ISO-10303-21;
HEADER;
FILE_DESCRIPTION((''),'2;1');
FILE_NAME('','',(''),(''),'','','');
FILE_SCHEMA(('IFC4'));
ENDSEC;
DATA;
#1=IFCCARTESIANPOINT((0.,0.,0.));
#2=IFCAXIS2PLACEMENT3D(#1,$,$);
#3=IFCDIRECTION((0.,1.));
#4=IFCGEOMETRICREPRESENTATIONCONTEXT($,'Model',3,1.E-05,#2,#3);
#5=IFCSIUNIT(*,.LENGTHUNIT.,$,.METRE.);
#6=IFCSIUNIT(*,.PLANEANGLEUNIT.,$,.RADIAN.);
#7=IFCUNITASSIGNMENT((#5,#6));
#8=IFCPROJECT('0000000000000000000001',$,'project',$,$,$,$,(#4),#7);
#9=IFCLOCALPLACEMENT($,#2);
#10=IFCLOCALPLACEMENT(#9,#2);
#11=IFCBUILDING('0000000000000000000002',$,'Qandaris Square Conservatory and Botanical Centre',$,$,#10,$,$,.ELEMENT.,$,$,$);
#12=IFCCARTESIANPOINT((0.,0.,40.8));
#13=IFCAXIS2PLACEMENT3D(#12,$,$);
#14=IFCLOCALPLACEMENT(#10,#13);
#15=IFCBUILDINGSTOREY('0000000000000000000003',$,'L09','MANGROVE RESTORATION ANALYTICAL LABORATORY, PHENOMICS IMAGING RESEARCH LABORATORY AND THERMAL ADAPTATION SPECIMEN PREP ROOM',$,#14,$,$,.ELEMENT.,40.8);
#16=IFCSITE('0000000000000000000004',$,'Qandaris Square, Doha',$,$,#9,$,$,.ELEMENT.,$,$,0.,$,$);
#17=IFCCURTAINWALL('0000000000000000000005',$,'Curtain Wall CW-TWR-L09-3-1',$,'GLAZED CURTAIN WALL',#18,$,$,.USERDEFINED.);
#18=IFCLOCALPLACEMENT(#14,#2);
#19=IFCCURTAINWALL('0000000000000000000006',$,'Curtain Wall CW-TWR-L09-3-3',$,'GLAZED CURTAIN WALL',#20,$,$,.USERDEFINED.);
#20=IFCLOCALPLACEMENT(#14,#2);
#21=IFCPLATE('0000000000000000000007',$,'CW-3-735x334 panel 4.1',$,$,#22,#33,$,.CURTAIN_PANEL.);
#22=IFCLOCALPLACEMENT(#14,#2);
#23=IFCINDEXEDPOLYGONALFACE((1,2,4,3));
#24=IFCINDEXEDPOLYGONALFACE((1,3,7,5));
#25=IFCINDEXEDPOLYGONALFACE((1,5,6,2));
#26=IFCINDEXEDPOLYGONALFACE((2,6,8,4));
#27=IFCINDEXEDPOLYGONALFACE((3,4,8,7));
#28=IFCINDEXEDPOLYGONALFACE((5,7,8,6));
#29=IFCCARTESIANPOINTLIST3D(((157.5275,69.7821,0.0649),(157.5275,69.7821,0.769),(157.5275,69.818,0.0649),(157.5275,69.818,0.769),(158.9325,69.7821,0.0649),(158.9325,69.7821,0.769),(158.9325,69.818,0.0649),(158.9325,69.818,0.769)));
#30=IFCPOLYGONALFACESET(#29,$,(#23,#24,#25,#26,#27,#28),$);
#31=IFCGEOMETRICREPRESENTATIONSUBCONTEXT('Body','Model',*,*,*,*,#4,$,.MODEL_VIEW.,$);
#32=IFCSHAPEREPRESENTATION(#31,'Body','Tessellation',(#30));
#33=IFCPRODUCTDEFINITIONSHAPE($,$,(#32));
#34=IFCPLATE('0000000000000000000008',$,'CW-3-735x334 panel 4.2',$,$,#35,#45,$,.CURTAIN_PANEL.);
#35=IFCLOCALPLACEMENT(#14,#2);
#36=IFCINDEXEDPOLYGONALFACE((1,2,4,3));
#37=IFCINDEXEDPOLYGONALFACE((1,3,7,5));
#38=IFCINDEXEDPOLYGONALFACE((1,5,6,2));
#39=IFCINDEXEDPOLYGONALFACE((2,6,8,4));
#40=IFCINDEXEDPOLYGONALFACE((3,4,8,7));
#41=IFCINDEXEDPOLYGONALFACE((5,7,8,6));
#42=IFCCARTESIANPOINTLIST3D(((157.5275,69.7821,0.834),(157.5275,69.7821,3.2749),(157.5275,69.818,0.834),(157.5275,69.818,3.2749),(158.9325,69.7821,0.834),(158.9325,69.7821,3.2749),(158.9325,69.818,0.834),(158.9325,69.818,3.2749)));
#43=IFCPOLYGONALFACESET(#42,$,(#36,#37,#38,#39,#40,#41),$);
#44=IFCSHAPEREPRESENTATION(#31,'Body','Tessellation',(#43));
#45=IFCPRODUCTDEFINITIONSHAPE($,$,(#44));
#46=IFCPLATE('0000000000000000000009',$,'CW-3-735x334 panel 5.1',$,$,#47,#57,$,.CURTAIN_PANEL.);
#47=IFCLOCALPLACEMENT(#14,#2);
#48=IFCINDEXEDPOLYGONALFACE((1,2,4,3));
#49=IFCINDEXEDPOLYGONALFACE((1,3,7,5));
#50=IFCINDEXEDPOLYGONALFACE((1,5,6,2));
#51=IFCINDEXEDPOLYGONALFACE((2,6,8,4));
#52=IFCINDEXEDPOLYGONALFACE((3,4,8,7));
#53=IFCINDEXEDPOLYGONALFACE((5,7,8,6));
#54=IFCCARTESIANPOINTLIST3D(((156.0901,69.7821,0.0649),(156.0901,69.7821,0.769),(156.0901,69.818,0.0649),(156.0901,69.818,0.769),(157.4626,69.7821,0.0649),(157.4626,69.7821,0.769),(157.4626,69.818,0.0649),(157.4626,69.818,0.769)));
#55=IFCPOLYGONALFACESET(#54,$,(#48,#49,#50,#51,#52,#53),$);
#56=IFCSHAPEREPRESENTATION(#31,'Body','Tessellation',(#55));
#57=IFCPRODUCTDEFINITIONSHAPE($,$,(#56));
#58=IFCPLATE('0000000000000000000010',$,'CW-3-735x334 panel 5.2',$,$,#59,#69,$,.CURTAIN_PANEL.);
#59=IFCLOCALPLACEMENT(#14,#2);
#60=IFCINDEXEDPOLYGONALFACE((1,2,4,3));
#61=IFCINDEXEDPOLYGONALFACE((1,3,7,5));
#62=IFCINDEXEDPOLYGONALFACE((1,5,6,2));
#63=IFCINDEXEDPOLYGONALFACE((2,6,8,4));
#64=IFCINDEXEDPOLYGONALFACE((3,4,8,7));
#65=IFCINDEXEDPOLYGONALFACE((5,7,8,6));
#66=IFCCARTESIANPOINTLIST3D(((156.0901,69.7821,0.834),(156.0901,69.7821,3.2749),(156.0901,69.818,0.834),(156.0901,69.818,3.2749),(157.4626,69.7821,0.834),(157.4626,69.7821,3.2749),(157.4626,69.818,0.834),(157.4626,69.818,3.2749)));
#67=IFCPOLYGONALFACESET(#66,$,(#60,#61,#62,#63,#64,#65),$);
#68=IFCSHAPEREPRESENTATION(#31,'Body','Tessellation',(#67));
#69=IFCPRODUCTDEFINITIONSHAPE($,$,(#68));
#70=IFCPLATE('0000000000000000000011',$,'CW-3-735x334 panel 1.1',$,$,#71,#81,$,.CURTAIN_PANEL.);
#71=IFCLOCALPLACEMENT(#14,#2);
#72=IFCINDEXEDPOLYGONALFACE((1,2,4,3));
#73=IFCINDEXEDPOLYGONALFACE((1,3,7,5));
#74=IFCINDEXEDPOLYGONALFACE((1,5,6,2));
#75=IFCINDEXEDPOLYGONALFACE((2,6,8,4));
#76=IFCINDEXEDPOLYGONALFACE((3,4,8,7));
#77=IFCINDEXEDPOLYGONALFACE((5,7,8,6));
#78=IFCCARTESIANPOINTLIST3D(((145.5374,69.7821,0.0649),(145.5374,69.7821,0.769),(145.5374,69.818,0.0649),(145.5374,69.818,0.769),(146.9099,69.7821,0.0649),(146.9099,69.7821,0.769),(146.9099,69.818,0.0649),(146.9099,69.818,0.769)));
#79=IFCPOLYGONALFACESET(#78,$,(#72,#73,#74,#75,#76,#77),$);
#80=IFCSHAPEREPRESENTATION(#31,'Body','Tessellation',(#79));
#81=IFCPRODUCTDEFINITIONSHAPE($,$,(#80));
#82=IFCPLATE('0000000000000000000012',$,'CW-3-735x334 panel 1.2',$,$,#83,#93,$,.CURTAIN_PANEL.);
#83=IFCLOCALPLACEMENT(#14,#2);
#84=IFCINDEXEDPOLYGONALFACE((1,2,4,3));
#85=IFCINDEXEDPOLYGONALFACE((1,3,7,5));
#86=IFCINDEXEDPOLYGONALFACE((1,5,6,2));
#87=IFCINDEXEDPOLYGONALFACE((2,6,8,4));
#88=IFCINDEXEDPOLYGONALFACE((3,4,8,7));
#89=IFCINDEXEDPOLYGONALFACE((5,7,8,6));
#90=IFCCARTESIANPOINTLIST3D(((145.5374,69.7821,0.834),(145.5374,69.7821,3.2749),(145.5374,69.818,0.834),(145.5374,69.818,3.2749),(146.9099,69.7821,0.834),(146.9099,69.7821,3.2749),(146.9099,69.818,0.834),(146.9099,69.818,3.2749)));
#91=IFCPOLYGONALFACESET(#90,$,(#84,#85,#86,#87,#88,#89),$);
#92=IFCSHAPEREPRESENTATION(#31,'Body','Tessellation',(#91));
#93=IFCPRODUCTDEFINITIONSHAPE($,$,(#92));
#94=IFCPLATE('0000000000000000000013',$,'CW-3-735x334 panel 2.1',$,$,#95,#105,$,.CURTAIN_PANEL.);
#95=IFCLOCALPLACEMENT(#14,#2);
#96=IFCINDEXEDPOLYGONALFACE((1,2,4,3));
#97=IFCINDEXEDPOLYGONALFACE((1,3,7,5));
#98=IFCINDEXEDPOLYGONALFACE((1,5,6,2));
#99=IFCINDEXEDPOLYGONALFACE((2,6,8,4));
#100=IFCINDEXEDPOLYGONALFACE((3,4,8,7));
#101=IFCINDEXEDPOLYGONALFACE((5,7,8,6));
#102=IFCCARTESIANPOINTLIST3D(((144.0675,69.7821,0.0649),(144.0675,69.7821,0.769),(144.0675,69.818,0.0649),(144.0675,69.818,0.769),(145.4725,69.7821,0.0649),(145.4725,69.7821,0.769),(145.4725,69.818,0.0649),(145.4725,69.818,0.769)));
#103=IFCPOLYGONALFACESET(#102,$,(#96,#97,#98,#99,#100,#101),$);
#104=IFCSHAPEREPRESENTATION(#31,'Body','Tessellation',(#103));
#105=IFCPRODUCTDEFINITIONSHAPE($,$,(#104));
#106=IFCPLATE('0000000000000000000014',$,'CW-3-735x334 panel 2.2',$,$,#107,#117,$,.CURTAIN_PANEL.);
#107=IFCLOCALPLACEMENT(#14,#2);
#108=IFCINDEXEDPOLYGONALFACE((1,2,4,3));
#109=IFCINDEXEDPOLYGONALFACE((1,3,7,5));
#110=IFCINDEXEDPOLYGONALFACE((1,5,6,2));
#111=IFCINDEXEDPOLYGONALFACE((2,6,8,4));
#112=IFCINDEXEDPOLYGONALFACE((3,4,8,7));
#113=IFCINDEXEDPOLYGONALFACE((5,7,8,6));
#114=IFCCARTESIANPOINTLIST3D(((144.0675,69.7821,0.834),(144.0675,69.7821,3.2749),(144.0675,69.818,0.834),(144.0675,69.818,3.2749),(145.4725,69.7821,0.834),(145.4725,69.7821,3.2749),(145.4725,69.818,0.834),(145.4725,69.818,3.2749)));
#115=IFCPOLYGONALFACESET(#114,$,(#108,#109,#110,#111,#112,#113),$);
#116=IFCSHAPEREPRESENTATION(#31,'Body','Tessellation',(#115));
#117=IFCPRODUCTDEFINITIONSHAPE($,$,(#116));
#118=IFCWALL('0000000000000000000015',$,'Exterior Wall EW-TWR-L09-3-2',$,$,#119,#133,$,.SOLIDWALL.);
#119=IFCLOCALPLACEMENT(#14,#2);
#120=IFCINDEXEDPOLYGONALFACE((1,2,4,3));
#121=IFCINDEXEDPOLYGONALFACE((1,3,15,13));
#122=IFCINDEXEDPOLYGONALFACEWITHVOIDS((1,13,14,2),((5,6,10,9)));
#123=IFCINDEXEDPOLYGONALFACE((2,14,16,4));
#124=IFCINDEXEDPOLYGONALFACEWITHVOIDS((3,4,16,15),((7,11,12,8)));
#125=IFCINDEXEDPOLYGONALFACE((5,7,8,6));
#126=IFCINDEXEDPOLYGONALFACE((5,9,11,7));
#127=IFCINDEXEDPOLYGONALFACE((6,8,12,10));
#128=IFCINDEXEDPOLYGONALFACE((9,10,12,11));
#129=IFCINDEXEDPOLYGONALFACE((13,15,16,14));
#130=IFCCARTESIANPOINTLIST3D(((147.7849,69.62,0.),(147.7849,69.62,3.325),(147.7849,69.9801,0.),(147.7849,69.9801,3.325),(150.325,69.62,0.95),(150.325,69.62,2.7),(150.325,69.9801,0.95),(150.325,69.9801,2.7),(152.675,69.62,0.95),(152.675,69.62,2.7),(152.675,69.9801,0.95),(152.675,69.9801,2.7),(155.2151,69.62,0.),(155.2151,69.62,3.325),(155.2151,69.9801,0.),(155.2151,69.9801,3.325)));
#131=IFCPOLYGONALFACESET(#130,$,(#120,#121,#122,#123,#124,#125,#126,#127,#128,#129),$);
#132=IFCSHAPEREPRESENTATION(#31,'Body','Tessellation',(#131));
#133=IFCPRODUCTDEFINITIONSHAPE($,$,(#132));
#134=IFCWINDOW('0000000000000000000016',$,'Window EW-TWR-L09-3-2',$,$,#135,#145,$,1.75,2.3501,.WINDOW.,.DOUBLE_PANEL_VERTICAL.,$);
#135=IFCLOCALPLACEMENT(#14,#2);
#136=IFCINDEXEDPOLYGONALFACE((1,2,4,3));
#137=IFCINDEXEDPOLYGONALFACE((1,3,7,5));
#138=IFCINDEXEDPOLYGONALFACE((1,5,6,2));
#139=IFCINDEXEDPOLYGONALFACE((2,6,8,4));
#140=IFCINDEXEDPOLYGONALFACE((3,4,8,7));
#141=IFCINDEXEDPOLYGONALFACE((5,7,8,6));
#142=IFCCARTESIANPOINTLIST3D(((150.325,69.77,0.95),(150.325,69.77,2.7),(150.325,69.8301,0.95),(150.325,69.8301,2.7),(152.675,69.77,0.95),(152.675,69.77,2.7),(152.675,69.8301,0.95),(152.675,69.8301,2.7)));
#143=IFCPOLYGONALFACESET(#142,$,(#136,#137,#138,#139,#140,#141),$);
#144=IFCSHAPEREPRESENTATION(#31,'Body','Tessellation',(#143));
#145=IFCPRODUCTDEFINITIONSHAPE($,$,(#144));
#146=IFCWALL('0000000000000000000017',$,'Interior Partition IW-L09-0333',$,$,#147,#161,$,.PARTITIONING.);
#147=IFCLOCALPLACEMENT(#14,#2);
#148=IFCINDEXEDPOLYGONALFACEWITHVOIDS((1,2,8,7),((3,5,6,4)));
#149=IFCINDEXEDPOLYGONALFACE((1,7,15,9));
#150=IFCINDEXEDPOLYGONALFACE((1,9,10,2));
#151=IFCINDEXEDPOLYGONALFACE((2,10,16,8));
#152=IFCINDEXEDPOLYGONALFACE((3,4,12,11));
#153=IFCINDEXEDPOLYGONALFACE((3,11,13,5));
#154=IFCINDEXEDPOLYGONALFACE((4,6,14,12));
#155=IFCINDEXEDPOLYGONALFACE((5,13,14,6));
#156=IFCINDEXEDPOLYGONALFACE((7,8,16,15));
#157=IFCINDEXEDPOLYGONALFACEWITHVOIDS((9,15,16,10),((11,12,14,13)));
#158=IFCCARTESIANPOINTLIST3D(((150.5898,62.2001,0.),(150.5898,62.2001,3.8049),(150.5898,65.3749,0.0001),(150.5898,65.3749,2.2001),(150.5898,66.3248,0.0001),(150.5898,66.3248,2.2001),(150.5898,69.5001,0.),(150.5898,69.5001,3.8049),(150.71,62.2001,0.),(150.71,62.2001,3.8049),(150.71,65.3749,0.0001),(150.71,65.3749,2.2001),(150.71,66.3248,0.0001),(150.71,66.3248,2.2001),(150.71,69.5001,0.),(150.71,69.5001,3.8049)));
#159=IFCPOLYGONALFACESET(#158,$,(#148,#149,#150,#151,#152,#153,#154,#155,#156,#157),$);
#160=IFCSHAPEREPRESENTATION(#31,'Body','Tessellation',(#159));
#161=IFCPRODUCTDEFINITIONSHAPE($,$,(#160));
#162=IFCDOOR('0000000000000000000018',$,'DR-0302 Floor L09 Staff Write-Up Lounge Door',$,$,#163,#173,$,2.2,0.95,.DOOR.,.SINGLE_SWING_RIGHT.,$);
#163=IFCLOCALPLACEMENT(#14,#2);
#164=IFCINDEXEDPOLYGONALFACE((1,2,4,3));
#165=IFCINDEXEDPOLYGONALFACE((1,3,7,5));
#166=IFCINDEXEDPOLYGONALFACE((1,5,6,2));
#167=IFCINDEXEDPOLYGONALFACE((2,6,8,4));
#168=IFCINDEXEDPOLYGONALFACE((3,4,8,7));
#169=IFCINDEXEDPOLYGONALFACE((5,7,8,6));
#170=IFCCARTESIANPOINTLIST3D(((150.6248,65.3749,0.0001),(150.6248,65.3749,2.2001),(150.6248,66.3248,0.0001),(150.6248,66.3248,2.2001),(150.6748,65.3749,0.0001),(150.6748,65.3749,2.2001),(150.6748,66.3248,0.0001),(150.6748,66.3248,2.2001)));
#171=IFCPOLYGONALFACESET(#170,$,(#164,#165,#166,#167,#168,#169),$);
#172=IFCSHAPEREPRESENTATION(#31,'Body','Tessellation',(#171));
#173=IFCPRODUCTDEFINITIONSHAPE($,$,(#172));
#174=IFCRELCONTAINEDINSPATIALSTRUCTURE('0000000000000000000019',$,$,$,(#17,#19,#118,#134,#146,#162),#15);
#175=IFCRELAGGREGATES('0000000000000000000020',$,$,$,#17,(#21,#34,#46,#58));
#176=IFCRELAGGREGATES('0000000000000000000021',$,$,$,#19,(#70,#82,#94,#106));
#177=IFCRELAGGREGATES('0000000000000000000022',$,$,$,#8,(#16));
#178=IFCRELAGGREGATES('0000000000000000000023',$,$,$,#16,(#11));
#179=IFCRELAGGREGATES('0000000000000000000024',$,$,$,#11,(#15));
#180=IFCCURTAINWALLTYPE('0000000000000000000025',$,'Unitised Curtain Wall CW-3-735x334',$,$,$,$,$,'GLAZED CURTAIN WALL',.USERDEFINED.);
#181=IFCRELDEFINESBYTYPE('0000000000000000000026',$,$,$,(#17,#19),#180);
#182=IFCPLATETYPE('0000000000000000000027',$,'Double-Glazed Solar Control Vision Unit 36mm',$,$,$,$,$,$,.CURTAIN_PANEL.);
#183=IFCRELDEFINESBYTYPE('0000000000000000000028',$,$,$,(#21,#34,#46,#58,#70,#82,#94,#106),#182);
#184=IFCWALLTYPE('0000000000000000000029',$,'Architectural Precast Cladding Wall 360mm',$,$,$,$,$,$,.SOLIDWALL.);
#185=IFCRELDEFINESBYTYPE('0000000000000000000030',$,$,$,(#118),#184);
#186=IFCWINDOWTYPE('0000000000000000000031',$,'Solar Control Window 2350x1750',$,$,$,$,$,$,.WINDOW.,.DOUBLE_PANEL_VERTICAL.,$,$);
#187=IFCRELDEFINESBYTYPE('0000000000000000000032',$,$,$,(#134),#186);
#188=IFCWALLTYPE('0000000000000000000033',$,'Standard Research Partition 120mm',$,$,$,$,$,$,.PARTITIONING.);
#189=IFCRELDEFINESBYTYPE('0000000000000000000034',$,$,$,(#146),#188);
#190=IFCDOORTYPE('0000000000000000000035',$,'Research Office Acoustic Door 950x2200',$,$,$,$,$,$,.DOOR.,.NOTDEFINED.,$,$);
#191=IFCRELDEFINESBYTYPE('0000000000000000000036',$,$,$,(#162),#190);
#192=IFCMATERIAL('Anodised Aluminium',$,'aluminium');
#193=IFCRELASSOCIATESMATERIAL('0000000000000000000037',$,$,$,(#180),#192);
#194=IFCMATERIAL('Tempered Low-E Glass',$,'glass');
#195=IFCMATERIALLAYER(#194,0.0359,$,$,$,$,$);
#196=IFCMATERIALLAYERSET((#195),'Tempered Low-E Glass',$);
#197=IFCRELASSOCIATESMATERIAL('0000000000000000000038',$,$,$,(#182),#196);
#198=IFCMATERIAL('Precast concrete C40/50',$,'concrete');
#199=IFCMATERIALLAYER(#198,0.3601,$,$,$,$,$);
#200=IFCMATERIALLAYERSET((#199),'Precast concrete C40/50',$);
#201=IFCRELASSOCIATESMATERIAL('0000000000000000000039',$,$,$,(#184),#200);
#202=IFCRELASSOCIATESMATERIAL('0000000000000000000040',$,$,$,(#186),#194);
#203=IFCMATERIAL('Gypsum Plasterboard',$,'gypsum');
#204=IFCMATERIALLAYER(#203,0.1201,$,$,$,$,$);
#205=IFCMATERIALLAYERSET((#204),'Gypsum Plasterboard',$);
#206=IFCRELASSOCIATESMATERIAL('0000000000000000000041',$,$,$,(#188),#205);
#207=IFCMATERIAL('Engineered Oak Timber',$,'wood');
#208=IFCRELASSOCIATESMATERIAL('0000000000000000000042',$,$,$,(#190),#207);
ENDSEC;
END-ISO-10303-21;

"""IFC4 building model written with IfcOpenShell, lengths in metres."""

from ifc_helpers import new_model, si_unit, direction, frame, frame_2d, origin, origin_2d, place, context, subcontext, project, spatial, rectangle, extrude, material, layer, layer_set, type_object, element, fill, aggregate, save


model = new_model("IFC4")

# Units and contexts
model_context = context("Model", 3, precision=1e-05, world=origin(), true_north=direction((0.0, 1.0)))
body_context = subcontext(model_context, "Body", "Model", "MODEL_VIEW")
ifc_project = project(units=[si_unit("LENGTHUNIT", "METRE"), si_unit("PLANEANGLEUNIT", "RADIAN")], contexts=[model_context])

# Site, building, storey
site_placement = place(None, origin())
site = spatial("IfcSite", under=ifc_project, at=site_placement, Name="Qandaris Square, Doha", CompositionType="ELEMENT", RefElevation=0.0)
building_placement = place(site_placement, origin())
building = spatial("IfcBuilding", under=site, at=building_placement, Name="Qandaris Square Conservatory and Botanical Centre", CompositionType="ELEMENT")
storey_placement = place(building_placement, frame((0.0, 0.0, 40.8)))
storey = spatial("IfcBuildingStorey", under=building, at=storey_placement, Name="L09", Description="MANGROVE RESTORATION ANALYTICAL LABORATORY, PHENOMICS IMAGING RESEARCH LABORATORY AND THERMAL ADAPTATION SPECIMEN PREP ROOM", CompositionType="ELEMENT", Elevation=40.8)

# Curtain walls
ifc_material_1 = material(Name="Anodised Aluminium", Category="aluminium")
curtain_wall_type = type_object("IfcCurtainWallType", Name="Unitised Curtain Wall CW-3-735x334", ElementType="GLAZED CURTAIN WALL", PredefinedType="USERDEFINED", material=ifc_material_1)
curtain_wall_1_placement = place(storey_placement, origin())
curtain_wall_1 = element("IfcCurtainWall", 1, at=curtain_wall_1_placement, inside=storey, type_object=curtain_wall_type, Name="Curtain Wall CW-TWR-L09-3-1", ObjectType="GLAZED CURTAIN WALL", PredefinedType="USERDEFINED")
curtain_wall_2_placement = place(storey_placement, origin())
curtain_wall_2 = element("IfcCurtainWall", 2, at=curtain_wall_2_placement, inside=storey, type_object=curtain_wall_type, Name="Curtain Wall CW-TWR-L09-3-3", ObjectType="GLAZED CURTAIN WALL", PredefinedType="USERDEFINED")

# Plates
ifc_material_2 = material(Name="Tempered Low-E Glass", Category="glass")
ifc_layer_1 = layer(ifc_material_2, 0.0359)
ifc_layer_set_1 = layer_set([ifc_layer_1], Name="Tempered Low-E Glass")
plate_type = type_object("IfcPlateType", Name="Double-Glazed Solar Control Vision Unit 36mm", PredefinedType="CURTAIN_PANEL", material=ifc_layer_set_1)
plate_1_placement = place(storey_placement, frame((158.23, 69.8, 0.0649), z_axis=(0.0, 0.0, 1.0), x_axis=(-1.0, 0.0, 0.0)))
plate_1 = element("IfcPlate", 3, at=plate_1_placement, type_object=plate_type, Name="CW-3-735x334 panel 4.1", PredefinedType="CURTAIN_PANEL", context=body_context, shape_type="SweptSolid", body=[
    extrude(rectangle(XDim=1.405, YDim=0.0359, at=origin_2d()), origin(), (0.0, 0.0, 1.0), 0.7041),
])
plate_2_placement = place(storey_placement, frame((158.23, 69.8, 0.834), z_axis=(0.0, 0.0, 1.0), x_axis=(-1.0, 0.0, 0.0)))
plate_2 = element("IfcPlate", 4, at=plate_2_placement, type_object=plate_type, Name="CW-3-735x334 panel 4.2", PredefinedType="CURTAIN_PANEL", context=body_context, shape_type="SweptSolid", body=[
    extrude(rectangle(XDim=1.405, YDim=0.0359, at=origin_2d()), origin(), (0.0, 0.0, 1.0), 2.4409),
])
plate_3_placement = place(storey_placement, frame((156.7764, 69.8, 0.0649), z_axis=(0.0, 0.0, 1.0), x_axis=(-1.0, 0.0, 0.0)))
plate_3 = element("IfcPlate", 5, at=plate_3_placement, type_object=plate_type, Name="CW-3-735x334 panel 5.1", PredefinedType="CURTAIN_PANEL", context=body_context, shape_type="SweptSolid", body=[
    extrude(rectangle(XDim=1.3726, YDim=0.0359, at=origin_2d()), origin(), (0.0, 0.0, 1.0), 0.7041),
])
plate_4_placement = place(storey_placement, frame((156.7764, 69.8, 0.834), z_axis=(0.0, 0.0, 1.0), x_axis=(-1.0, 0.0, 0.0)))
plate_4 = element("IfcPlate", 6, at=plate_4_placement, type_object=plate_type, Name="CW-3-735x334 panel 5.2", PredefinedType="CURTAIN_PANEL", context=body_context, shape_type="SweptSolid", body=[
    extrude(rectangle(XDim=1.3726, YDim=0.0359, at=origin_2d()), origin(), (0.0, 0.0, 1.0), 2.4409),
])
aggregate(curtain_wall_1, [plate_1, plate_2, plate_3, plate_4])
plate_5_placement = place(storey_placement, frame((146.2236, 69.8, 0.0649), z_axis=(0.0, 0.0, 1.0), x_axis=(-1.0, 0.0, 0.0)))
plate_5 = element("IfcPlate", 7, at=plate_5_placement, type_object=plate_type, Name="CW-3-735x334 panel 1.1", PredefinedType="CURTAIN_PANEL", context=body_context, shape_type="SweptSolid", body=[
    extrude(rectangle(XDim=1.3726, YDim=0.0359, at=origin_2d()), origin(), (0.0, 0.0, 1.0), 0.7041),
])
plate_6_placement = place(storey_placement, frame((146.2236, 69.8, 0.834), z_axis=(0.0, 0.0, 1.0), x_axis=(-1.0, 0.0, 0.0)))
plate_6 = element("IfcPlate", 8, at=plate_6_placement, type_object=plate_type, Name="CW-3-735x334 panel 1.2", PredefinedType="CURTAIN_PANEL", context=body_context, shape_type="SweptSolid", body=[
    extrude(rectangle(XDim=1.3726, YDim=0.0359, at=origin_2d()), origin(), (0.0, 0.0, 1.0), 2.4409),
])
plate_7_placement = place(storey_placement, frame((144.77, 69.8, 0.0649), z_axis=(0.0, 0.0, 1.0), x_axis=(-1.0, 0.0, 0.0)))
plate_7 = element("IfcPlate", 9, at=plate_7_placement, type_object=plate_type, Name="CW-3-735x334 panel 2.1", PredefinedType="CURTAIN_PANEL", context=body_context, shape_type="SweptSolid", body=[
    extrude(rectangle(XDim=1.405, YDim=0.0359, at=origin_2d()), origin(), (0.0, 0.0, 1.0), 0.7041),
])
plate_8_placement = place(storey_placement, frame((144.77, 69.8, 0.834), z_axis=(0.0, 0.0, 1.0), x_axis=(-1.0, 0.0, 0.0)))
plate_8 = element("IfcPlate", 10, at=plate_8_placement, type_object=plate_type, Name="CW-3-735x334 panel 2.2", PredefinedType="CURTAIN_PANEL", context=body_context, shape_type="SweptSolid", body=[
    extrude(rectangle(XDim=1.405, YDim=0.0359, at=origin_2d()), origin(), (0.0, 0.0, 1.0), 2.4409),
])
aggregate(curtain_wall_2, [plate_5, plate_6, plate_7, plate_8])

# Wall, opening, window
ifc_material_3 = material(Name="Precast concrete C40/50", Category="concrete")
ifc_layer_2 = layer(ifc_material_3, 0.3601)
ifc_layer_set_2 = layer_set([ifc_layer_2], Name="Precast concrete C40/50")
wall_type_1 = type_object("IfcWallType", Name="Architectural Precast Cladding Wall 360mm", PredefinedType="SOLIDWALL", material=ifc_layer_set_2)
wall_1_placement = place(storey_placement, frame((155.2151, 69.8, 0.0), z_axis=(0.0, 0.0, 1.0), x_axis=(-1.0, 0.0, 0.0)))
wall_1 = element("IfcWall", 11, at=wall_1_placement, inside=storey, type_object=wall_type_1, Name="Exterior Wall EW-TWR-L09-3-2", PredefinedType="SOLIDWALL", context=body_context, shape_type="SweptSolid", body=[
    extrude(rectangle(XDim=7.4302, YDim=0.3601, at=frame_2d((3.7151, 0.0))), origin(), (0.0, 0.0, 1.0), 3.325),
])
opening_1_placement = place(wall_1_placement, frame((2.54, 0.0, 0.95)))
opening_1 = element("IfcOpeningElement", 12, at=opening_1_placement, cuts=wall_1, PredefinedType="OPENING", context=body_context, shape_type="SweptSolid", body=[
    extrude(rectangle(XDim=2.3501, YDim=1.75, at=frame_2d((1.175, 0.875))), frame((0.0, 0.1919, 0.0), z_axis=(0.0, -1.0, 0.0), x_axis=(1.0, 0.0, 0.0)), (0.0, 0.0, 1.0), 0.384),
])
window_type = type_object("IfcWindowType", Name="Solar Control Window 2350x1750", PartitioningType="DOUBLE_PANEL_VERTICAL", PredefinedType="WINDOW", material=ifc_material_2)
window_placement = place(opening_1_placement, origin())
window = element("IfcWindow", 13, at=window_placement, inside=storey, type_object=window_type, Name="Window EW-TWR-L09-3-2", OverallHeight=1.75, OverallWidth=2.3501, PartitioningType="DOUBLE_PANEL_VERTICAL", PredefinedType="WINDOW", context=body_context, shape_type="SweptSolid", body=[
    extrude(rectangle(XDim=2.3501, YDim=1.75, at=frame_2d((1.175, 0.875))), frame((0.0, 0.03, 0.0), z_axis=(0.0, -1.0, 0.0), x_axis=(1.0, 0.0, 0.0)), (0.0, 0.0, 1.0), 0.0601),
])
fill(opening_1, window)

# Wall, opening, door
ifc_material_4 = material(Name="Gypsum Plasterboard", Category="gypsum")
ifc_layer_3 = layer(ifc_material_4, 0.1201)
ifc_layer_set_3 = layer_set([ifc_layer_3], Name="Gypsum Plasterboard")
wall_type_2 = type_object("IfcWallType", Name="Standard Research Partition 120mm", PredefinedType="PARTITIONING", material=ifc_layer_set_3)
wall_2_placement = place(storey_placement, frame((150.6499, 69.5, 0.0), z_axis=(0.0, 0.0, 1.0), x_axis=(0.0, -1.0, 0.0)))
wall_2 = element("IfcWall", 14, at=wall_2_placement, inside=storey, type_object=wall_type_2, Name="Interior Partition IW-L09-0333", PredefinedType="PARTITIONING", context=body_context, shape_type="SweptSolid", body=[
    extrude(rectangle(XDim=7.3, YDim=0.1201, at=frame_2d((3.6499, 0.0))), origin(), (0.0, 0.0, 1.0), 3.8049),
])
opening_2_placement = place(wall_2_placement, frame((3.175, 0.0, 0.0)))
opening_2 = element("IfcOpeningElement", 15, at=opening_2_placement, cuts=wall_2, PredefinedType="OPENING", context=body_context, shape_type="SweptSolid", body=[
    extrude(rectangle(XDim=0.95, YDim=2.2, at=frame_2d((0.4751, 1.1001))), frame((0.0, 0.072, 0.0), z_axis=(0.0, -1.0, 0.0), x_axis=(1.0, 0.0, 0.0)), (0.0, 0.0, 1.0), 0.144),
])
ifc_material_5 = material(Name="Engineered Oak Timber", Category="wood")
door_type = type_object("IfcDoorType", Name="Research Office Acoustic Door 950x2200", OperationType="NOTDEFINED", PredefinedType="DOOR", material=ifc_material_5)
door_placement = place(opening_2_placement, origin())
door = element("IfcDoor", 16, at=door_placement, inside=storey, type_object=door_type, Name="DR-0302 Floor L09 Staff Write-Up Lounge Door", OperationType="SINGLE_SWING_RIGHT", OverallHeight=2.2, OverallWidth=0.95, PredefinedType="DOOR", context=body_context, shape_type="SweptSolid", body=[
    extrude(rectangle(XDim=0.95, YDim=2.2, at=frame_2d((0.4751, 1.1001))), frame((0.0, 0.0249, 0.0), z_axis=(0.0, -1.0, 0.0), x_axis=(1.0, 0.0, 0.0)), (0.0, 0.0, 1.0), 0.05),
])
fill(opening_2, door)

save(model, "model.ifc")
